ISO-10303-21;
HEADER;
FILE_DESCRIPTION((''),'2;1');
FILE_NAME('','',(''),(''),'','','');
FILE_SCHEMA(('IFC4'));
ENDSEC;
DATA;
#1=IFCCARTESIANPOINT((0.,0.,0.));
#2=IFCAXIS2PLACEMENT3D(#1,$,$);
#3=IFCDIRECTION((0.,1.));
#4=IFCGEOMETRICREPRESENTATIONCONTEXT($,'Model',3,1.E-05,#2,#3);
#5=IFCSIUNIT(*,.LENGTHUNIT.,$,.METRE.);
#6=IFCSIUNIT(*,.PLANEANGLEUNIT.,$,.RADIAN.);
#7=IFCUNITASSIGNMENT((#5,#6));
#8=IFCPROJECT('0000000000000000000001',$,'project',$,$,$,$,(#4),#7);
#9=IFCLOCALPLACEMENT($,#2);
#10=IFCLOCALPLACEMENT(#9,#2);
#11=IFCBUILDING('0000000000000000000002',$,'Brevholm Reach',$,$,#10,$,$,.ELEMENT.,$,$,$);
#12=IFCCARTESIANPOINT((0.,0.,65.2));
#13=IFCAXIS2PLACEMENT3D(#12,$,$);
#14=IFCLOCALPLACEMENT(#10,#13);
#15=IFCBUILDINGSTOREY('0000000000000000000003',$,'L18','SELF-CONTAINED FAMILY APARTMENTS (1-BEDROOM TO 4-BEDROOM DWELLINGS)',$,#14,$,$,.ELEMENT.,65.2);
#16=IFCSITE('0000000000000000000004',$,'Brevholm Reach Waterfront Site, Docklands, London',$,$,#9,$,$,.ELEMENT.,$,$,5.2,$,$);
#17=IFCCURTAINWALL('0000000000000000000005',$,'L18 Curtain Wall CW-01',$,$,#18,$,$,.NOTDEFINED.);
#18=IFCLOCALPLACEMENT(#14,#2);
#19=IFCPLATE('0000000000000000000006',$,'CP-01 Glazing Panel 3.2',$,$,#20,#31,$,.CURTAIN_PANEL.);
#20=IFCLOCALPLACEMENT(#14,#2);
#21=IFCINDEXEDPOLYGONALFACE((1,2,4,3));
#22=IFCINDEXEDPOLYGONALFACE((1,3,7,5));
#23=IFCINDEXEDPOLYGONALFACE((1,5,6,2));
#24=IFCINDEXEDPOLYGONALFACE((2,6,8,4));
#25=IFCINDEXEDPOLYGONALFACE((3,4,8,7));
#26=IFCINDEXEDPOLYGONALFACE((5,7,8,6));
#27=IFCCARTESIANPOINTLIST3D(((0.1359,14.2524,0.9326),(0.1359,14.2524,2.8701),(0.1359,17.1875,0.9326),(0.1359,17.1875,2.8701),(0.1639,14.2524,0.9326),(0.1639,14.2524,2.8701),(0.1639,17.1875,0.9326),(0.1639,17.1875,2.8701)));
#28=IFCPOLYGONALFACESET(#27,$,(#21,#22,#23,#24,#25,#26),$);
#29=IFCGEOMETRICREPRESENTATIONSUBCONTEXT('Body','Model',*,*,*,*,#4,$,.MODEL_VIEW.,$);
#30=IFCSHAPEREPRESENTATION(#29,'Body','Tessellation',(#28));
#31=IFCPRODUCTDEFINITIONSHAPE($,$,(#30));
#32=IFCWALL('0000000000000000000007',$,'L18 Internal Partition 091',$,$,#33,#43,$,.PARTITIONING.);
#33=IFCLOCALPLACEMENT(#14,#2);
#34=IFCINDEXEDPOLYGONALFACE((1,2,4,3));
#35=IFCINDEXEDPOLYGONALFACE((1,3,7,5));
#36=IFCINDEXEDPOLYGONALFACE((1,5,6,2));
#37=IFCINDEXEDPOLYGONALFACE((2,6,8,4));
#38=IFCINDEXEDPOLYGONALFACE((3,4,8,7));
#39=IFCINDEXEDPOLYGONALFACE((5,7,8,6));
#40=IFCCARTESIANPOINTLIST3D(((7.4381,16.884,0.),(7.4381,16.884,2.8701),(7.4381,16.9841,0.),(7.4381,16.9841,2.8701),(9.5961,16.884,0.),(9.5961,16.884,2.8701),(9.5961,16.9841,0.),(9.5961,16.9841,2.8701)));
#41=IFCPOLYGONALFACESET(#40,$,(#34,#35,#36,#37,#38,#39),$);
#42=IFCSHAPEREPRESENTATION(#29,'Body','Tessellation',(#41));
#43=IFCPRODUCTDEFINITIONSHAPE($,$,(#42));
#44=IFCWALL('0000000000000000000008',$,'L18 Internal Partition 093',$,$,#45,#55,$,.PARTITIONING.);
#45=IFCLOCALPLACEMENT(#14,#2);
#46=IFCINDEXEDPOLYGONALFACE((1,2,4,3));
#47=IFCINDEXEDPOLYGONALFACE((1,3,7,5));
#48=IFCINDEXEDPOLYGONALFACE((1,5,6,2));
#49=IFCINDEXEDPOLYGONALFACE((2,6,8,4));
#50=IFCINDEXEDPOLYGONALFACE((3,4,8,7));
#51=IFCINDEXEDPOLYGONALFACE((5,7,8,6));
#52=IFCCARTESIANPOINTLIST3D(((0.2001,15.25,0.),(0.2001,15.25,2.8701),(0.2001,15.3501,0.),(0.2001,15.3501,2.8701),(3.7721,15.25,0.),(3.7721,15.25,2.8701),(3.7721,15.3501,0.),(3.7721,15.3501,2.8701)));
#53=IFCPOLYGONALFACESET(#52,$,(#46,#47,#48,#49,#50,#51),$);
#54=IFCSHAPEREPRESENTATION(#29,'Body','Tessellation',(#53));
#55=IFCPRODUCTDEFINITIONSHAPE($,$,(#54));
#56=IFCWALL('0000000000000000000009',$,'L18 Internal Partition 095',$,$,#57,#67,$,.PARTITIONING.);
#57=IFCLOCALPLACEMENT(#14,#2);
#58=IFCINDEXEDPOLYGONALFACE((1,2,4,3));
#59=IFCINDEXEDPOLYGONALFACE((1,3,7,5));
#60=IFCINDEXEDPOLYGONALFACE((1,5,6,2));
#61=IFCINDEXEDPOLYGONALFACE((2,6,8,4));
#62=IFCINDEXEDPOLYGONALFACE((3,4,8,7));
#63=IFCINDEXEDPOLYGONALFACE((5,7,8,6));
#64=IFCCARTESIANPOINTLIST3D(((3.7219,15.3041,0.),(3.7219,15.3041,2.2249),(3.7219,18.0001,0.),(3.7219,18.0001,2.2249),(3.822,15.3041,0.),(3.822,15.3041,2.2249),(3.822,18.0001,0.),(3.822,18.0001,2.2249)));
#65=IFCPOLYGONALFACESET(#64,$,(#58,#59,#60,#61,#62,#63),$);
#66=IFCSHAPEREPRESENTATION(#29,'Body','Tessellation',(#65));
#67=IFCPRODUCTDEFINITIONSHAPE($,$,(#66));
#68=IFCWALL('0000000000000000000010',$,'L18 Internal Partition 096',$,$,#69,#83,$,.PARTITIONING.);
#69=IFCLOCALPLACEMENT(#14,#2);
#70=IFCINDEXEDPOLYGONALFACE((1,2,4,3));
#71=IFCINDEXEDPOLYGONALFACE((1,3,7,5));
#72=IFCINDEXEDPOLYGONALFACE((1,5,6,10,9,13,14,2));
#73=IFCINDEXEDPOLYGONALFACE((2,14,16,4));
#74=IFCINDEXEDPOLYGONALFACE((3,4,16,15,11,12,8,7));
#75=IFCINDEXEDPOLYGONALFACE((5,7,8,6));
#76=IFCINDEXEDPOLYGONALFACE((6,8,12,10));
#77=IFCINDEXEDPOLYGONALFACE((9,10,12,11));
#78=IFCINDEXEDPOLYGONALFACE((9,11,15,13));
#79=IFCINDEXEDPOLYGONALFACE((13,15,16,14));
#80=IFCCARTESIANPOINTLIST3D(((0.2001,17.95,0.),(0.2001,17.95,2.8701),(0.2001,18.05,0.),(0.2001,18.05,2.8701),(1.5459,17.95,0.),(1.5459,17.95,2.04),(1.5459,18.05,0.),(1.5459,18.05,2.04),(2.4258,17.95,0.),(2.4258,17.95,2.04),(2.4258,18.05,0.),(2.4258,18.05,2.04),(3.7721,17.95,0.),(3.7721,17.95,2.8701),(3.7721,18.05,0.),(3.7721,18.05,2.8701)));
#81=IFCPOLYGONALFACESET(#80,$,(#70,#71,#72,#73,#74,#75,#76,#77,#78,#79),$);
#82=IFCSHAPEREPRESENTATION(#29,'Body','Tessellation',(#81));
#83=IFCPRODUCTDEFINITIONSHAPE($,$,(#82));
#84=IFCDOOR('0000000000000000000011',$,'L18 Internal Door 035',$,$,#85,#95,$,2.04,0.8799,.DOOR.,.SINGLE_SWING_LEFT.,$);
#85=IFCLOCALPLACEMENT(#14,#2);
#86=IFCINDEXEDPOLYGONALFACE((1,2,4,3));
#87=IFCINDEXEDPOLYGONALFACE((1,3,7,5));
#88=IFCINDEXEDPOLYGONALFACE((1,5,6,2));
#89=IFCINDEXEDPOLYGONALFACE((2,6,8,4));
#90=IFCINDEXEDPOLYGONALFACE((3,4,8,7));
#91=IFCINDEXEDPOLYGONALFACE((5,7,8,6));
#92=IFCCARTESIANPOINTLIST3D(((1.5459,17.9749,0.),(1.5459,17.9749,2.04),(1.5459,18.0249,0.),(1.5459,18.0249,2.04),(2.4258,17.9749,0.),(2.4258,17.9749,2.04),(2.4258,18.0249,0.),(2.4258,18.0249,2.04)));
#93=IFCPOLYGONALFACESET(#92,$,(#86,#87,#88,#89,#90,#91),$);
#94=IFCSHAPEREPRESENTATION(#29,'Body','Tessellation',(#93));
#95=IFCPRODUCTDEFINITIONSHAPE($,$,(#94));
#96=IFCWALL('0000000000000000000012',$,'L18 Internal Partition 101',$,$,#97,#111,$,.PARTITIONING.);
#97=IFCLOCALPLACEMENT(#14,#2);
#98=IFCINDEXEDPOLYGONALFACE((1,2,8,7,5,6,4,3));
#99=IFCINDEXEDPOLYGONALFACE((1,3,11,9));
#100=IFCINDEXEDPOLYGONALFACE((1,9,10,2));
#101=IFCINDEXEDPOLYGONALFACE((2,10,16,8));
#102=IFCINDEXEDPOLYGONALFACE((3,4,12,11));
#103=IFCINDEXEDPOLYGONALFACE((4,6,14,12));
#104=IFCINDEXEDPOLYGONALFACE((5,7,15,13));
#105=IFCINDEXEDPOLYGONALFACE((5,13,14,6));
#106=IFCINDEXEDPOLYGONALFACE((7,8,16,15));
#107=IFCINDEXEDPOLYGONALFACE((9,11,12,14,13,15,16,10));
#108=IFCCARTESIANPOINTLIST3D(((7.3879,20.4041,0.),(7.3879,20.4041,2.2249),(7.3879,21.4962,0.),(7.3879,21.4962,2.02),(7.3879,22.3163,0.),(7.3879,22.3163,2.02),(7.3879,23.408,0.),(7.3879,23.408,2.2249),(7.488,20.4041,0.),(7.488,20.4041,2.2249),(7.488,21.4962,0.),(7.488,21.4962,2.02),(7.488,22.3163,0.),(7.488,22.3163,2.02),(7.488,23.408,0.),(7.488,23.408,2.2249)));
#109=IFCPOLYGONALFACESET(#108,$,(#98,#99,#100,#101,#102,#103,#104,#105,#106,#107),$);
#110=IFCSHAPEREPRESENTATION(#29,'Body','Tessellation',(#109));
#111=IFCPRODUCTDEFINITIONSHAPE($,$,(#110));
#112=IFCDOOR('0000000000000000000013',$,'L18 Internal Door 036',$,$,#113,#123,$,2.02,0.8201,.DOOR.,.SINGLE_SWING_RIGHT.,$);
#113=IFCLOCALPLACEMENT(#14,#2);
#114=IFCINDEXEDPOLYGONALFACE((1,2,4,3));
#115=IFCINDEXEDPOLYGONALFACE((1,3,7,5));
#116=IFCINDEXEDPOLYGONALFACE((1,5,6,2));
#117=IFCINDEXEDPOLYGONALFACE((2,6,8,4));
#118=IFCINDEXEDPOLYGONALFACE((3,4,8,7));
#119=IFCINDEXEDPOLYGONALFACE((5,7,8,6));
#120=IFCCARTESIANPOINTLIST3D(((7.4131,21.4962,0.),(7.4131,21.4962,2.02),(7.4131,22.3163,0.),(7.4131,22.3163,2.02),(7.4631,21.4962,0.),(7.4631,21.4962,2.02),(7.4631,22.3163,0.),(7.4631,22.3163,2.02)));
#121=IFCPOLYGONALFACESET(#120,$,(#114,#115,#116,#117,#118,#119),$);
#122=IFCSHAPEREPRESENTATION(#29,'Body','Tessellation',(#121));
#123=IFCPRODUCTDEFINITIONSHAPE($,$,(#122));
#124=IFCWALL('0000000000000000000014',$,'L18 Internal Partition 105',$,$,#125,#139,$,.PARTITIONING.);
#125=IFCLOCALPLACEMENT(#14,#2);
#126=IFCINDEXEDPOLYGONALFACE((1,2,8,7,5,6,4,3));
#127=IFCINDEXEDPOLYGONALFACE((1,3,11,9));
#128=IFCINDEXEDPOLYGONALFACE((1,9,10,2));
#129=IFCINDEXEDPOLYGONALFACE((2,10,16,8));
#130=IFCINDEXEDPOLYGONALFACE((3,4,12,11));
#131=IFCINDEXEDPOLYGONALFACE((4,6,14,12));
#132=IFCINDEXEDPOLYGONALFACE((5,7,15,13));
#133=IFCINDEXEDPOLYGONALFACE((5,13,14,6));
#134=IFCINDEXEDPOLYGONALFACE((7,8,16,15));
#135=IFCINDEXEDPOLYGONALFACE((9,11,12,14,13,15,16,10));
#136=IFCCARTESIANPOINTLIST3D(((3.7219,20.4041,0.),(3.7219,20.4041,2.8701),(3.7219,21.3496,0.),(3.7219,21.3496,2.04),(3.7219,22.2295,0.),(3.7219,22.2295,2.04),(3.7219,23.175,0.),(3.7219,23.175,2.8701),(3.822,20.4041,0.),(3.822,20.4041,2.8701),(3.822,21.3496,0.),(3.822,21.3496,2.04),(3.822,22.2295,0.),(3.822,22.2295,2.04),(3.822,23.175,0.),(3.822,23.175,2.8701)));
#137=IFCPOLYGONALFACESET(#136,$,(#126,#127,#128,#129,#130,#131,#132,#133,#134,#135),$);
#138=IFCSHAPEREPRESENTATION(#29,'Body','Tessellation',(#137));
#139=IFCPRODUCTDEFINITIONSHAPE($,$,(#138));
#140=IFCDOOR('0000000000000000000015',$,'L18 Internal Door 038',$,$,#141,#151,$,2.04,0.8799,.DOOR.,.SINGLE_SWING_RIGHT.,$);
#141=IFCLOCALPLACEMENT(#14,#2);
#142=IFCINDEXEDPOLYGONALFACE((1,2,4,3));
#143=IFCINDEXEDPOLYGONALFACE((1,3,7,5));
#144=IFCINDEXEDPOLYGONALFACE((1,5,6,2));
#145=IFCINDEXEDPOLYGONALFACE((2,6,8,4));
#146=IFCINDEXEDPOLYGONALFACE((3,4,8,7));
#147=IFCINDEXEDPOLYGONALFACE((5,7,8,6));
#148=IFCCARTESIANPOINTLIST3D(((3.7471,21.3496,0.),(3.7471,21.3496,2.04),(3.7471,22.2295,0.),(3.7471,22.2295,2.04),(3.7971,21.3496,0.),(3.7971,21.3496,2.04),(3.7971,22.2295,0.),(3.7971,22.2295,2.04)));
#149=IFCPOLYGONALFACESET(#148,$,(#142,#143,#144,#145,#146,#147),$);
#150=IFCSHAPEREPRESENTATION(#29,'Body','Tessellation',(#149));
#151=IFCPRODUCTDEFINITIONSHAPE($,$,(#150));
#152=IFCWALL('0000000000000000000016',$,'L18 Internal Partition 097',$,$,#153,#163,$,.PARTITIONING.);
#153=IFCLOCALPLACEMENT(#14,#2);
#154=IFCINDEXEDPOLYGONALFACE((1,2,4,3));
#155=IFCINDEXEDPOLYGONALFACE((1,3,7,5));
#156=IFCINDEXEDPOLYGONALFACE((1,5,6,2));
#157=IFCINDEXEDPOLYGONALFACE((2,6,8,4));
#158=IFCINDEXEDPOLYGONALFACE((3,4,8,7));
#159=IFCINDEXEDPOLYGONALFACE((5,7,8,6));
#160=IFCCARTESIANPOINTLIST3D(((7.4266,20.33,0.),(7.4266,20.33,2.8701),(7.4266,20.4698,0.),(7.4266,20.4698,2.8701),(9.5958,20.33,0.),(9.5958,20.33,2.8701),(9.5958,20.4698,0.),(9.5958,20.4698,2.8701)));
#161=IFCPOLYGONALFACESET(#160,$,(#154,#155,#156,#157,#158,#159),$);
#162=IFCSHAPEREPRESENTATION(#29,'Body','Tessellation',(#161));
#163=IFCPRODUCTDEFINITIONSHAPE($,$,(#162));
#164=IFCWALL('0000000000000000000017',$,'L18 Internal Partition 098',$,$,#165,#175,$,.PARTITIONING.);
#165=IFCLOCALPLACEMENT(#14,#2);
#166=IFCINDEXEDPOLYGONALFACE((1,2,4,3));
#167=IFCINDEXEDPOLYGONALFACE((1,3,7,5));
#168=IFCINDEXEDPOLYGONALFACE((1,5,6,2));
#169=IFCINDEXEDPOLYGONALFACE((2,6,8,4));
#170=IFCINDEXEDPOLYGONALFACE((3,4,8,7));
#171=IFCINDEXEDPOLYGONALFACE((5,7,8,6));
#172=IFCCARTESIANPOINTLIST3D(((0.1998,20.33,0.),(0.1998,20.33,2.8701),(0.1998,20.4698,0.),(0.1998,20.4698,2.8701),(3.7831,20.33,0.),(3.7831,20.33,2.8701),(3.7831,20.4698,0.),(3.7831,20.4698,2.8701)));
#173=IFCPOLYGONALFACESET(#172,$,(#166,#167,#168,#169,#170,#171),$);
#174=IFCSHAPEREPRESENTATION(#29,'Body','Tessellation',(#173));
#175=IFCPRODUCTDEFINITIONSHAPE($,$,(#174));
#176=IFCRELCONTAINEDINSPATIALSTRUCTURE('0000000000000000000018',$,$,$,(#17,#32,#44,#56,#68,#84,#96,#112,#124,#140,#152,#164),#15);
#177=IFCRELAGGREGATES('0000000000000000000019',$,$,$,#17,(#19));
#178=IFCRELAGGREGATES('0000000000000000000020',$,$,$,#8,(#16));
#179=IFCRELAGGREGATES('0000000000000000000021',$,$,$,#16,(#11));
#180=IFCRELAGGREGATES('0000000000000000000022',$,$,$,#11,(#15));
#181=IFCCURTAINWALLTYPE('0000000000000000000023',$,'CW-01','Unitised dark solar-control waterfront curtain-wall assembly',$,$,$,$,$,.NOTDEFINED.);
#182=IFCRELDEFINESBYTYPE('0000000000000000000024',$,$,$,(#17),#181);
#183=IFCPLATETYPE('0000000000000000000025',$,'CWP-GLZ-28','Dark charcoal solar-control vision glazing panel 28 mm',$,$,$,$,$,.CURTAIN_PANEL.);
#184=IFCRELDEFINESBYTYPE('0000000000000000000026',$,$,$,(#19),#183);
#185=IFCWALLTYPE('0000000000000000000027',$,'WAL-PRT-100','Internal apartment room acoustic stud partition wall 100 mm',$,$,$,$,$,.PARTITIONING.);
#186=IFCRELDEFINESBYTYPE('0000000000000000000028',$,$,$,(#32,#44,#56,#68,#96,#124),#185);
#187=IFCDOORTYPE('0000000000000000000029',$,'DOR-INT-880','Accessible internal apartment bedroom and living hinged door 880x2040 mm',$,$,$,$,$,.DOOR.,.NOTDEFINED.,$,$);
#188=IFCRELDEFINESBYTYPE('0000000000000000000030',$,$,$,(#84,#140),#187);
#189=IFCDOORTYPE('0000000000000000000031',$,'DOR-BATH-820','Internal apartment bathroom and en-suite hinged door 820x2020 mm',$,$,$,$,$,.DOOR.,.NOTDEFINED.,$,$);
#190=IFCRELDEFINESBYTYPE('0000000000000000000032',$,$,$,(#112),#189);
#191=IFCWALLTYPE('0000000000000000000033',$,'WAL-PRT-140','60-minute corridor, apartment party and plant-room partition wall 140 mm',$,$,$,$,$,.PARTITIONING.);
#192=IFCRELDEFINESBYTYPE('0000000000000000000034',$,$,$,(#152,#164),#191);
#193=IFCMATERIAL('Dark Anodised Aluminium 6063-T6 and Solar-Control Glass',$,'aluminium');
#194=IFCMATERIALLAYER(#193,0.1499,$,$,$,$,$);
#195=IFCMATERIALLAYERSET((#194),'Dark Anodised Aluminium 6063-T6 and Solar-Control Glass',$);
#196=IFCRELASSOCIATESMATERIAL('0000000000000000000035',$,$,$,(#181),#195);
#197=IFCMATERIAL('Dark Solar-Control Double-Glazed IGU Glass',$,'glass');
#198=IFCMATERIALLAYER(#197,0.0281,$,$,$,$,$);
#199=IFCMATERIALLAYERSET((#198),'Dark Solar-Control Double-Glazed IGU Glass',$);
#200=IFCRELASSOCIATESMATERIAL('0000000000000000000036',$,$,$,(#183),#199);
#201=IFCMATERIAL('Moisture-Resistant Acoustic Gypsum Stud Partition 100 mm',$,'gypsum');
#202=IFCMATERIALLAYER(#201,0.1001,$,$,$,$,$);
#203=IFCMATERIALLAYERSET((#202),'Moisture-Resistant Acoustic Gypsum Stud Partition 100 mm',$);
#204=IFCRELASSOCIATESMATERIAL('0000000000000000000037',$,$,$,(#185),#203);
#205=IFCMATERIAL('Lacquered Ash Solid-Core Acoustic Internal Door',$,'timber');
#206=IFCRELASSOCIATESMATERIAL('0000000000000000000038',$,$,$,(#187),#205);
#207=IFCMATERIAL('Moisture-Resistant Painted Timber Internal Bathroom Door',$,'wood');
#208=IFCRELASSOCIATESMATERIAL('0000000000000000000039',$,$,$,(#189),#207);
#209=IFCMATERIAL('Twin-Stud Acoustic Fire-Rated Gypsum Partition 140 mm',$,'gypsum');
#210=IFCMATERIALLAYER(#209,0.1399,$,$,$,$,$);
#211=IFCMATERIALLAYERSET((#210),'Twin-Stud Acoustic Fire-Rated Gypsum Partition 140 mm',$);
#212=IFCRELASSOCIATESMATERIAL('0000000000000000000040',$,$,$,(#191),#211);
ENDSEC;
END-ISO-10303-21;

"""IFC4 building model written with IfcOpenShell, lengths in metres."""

from ifc_helpers import new_model, si_unit, direction, frame, frame_2d, origin, origin_2d, place, context, subcontext, project, spatial, rectangle, extrude, material, layer, layer_set, type_object, element, fill, aggregate, save


model = new_model("IFC4")

# Units and contexts
model_context = context("Model", 3, precision=1e-05, world=origin(), true_north=direction((0.0, 1.0)))
body_context = subcontext(model_context, "Body", "Model", "MODEL_VIEW")
ifc_project = project(units=[si_unit("LENGTHUNIT", "METRE"), si_unit("PLANEANGLEUNIT", "RADIAN")], contexts=[model_context])

# Site, building, storey
site_placement = place(None, origin())
site = spatial("IfcSite", under=ifc_project, at=site_placement, Name="Brevholm Reach Waterfront Site, Docklands, London", CompositionType="ELEMENT", RefElevation=5.2)
building_placement = place(site_placement, origin())
building = spatial("IfcBuilding", under=site, at=building_placement, Name="Brevholm Reach", CompositionType="ELEMENT")
storey_placement = place(building_placement, frame((0.0, 0.0, 65.2)))
storey = spatial("IfcBuildingStorey", under=building, at=storey_placement, Name="L18", Description="SELF-CONTAINED FAMILY APARTMENTS (1-BEDROOM TO 4-BEDROOM DWELLINGS)", CompositionType="ELEMENT", Elevation=65.2)

# Curtain wall, plate
ifc_material_1 = material(Name="Dark Anodised Aluminium 6063-T6 and Solar-Control Glass", Category="aluminium")
ifc_layer_1 = layer(ifc_material_1, 0.1499)
ifc_layer_set_1 = layer_set([ifc_layer_1], Name="Dark Anodised Aluminium 6063-T6 and Solar-Control Glass")
curtain_wall_type = type_object("IfcCurtainWallType", Name="CW-01", Description="Unitised dark solar-control waterfront curtain-wall assembly", PredefinedType="NOTDEFINED", material=ifc_layer_set_1)
curtain_wall_placement = place(storey_placement, origin())
curtain_wall = element("IfcCurtainWall", 1, at=curtain_wall_placement, inside=storey, type_object=curtain_wall_type, Name="L18 Curtain Wall CW-01", PredefinedType="NOTDEFINED")
ifc_material_2 = material(Name="Dark Solar-Control Double-Glazed IGU Glass", Category="glass")
ifc_layer_2 = layer(ifc_material_2, 0.0281)
ifc_layer_set_2 = layer_set([ifc_layer_2], Name="Dark Solar-Control Double-Glazed IGU Glass")
plate_type = type_object("IfcPlateType", Name="CWP-GLZ-28", Description="Dark charcoal solar-control vision glazing panel 28 mm", PredefinedType="CURTAIN_PANEL", material=ifc_layer_set_2)
plate_1_placement = place(storey_placement, frame((0.1499, 15.72, 0.9326), z_axis=(0.0, 0.0, 1.0), x_axis=(0.0, -1.0, 0.0)))
plate_1 = element("IfcPlate", 2, at=plate_1_placement, type_object=plate_type, Name="CP-01 Glazing Panel 3.2", PredefinedType="CURTAIN_PANEL", context=body_context, shape_type="SweptSolid", body=[
    extrude(rectangle(XDim=2.9351, YDim=0.0281, at=origin_2d()), origin(), (0.0, 0.0, 1.0), 1.9375),
])
aggregate(curtain_wall, [plate_1])

# Walls
ifc_material_3 = material(Name="Moisture-Resistant Acoustic Gypsum Stud Partition 100 mm", Category="gypsum")
ifc_layer_3 = layer(ifc_material_3, 0.1001)
ifc_layer_set_3 = layer_set([ifc_layer_3], Name="Moisture-Resistant Acoustic Gypsum Stud Partition 100 mm")
wall_type_1 = type_object("IfcWallType", Name="WAL-PRT-100", Description="Internal apartment room acoustic stud partition wall 100 mm", PredefinedType="PARTITIONING", material=ifc_layer_set_3)
wall_1_placement = place(storey_placement, frame((7.438, 16.9341, 0.0), z_axis=(0.0, 0.0, 1.0), x_axis=(1.0, 0.0, 0.0)))
element("IfcWall", 3, at=wall_1_placement, inside=storey, type_object=wall_type_1, Name="L18 Internal Partition 091", PredefinedType="PARTITIONING", context=body_context, shape_type="SweptSolid", body=[
    extrude(rectangle(XDim=2.158, YDim=0.1001, at=frame_2d((1.0791, 0.0))), origin(), (0.0, 0.0, 1.0), 2.8701),
])
wall_2_placement = place(storey_placement, frame((0.2, 15.3, 0.0), z_axis=(0.0, 0.0, 1.0), x_axis=(1.0, 0.0, 0.0)))
element("IfcWall", 4, at=wall_2_placement, inside=storey, type_object=wall_type_1, Name="L18 Internal Partition 093", PredefinedType="PARTITIONING", context=body_context, shape_type="SweptSolid", body=[
    extrude(rectangle(XDim=3.572, YDim=0.1001, at=frame_2d((1.7861, 0.0))), origin(), (0.0, 0.0, 1.0), 2.8701),
])
wall_3_placement = place(storey_placement, frame((3.772, 15.304, 0.0), z_axis=(0.0, 0.0, 1.0), x_axis=(0.0, 1.0, 0.0)))
element("IfcWall", 5, at=wall_3_placement, inside=storey, type_object=wall_type_1, Name="L18 Internal Partition 095", PredefinedType="PARTITIONING", context=body_context, shape_type="SweptSolid", body=[
    extrude(rectangle(XDim=2.696, YDim=0.1001, at=frame_2d((1.3481, 0.0))), origin(), (0.0, 0.0, 1.0), 2.2249),
])

# Walls, openings, doors
wall_4_placement = place(storey_placement, frame((0.2, 18.0, 0.0), z_axis=(0.0, 0.0, 1.0), x_axis=(1.0, 0.0, 0.0)))
wall_4 = element("IfcWall", 6, at=wall_4_placement, inside=storey, type_object=wall_type_1, Name="L18 Internal Partition 096", PredefinedType="PARTITIONING", context=body_context, shape_type="SweptSolid", body=[
    extrude(rectangle(XDim=3.572, YDim=0.1001, at=frame_2d((1.7861, 0.0))), origin(), (0.0, 0.0, 1.0), 2.8701),
])
opening_1_placement = place(wall_4_placement, frame((1.3459, 0.0, 0.0)))
opening_1 = element("IfcOpeningElement", 7, at=opening_1_placement, cuts=wall_4, PredefinedType="OPENING", context=body_context, shape_type="SweptSolid", body=[
    extrude(rectangle(XDim=0.8799, YDim=2.04, at=frame_2d((0.4399, 1.02))), frame((0.0, 0.0601, 0.0), z_axis=(0.0, -1.0, 0.0), x_axis=(1.0, 0.0, 0.0)), (0.0, 0.0, 1.0), 0.1201),
])
ifc_material_4 = material(Name="Lacquered Ash Solid-Core Acoustic Internal Door", Category="timber")
door_type_1 = type_object("IfcDoorType", Name="DOR-INT-880", Description="Accessible internal apartment bedroom and living hinged door 880x2040 mm", OperationType="NOTDEFINED", PredefinedType="DOOR", material=ifc_material_4)
door_1_placement = place(opening_1_placement, origin())
door_1 = element("IfcDoor", 8, at=door_1_placement, inside=storey, type_object=door_type_1, Name="L18 Internal Door 035", OperationType="SINGLE_SWING_LEFT", OverallHeight=2.04, OverallWidth=0.8799, PredefinedType="DOOR", context=body_context, shape_type="SweptSolid", body=[
    extrude(rectangle(XDim=0.8799, YDim=2.04, at=frame_2d((0.4399, 1.02))), frame((0.0, 0.0249, 0.0), z_axis=(0.0, -1.0, 0.0), x_axis=(1.0, 0.0, 0.0)), (0.0, 0.0, 1.0), 0.05),
])
fill(opening_1, door_1)
wall_5_placement = place(storey_placement, frame((7.438, 20.4041, 0.0), z_axis=(0.0, 0.0, 1.0), x_axis=(0.0, 1.0, 0.0)))
wall_5 = element("IfcWall", 9, at=wall_5_placement, inside=storey, type_object=wall_type_1, Name="L18 Internal Partition 101", PredefinedType="PARTITIONING", context=body_context, shape_type="SweptSolid", body=[
    extrude(rectangle(XDim=3.0039, YDim=0.1001, at=frame_2d((1.502, 0.0))), origin(), (0.0, 0.0, 1.0), 2.2249),
])
opening_2_placement = place(wall_5_placement, frame((1.092, 0.0, 0.0)))
opening_2 = element("IfcOpeningElement", 10, at=opening_2_placement, cuts=wall_5, PredefinedType="OPENING", context=body_context, shape_type="SweptSolid", body=[
    extrude(rectangle(XDim=0.8201, YDim=2.02, at=frame_2d((0.4102, 1.01))), frame((0.0, 0.0601, 0.0), z_axis=(0.0, -1.0, 0.0), x_axis=(1.0, 0.0, 0.0)), (0.0, 0.0, 1.0), 0.1201),
])
ifc_material_5 = material(Name="Moisture-Resistant Painted Timber Internal Bathroom Door", Category="wood")
door_type_2 = type_object("IfcDoorType", Name="DOR-BATH-820", Description="Internal apartment bathroom and en-suite hinged door 820x2020 mm", OperationType="NOTDEFINED", PredefinedType="DOOR", material=ifc_material_5)
door_2_placement = place(opening_2_placement, origin())
door_2 = element("IfcDoor", 11, at=door_2_placement, inside=storey, type_object=door_type_2, Name="L18 Internal Door 036", OperationType="SINGLE_SWING_RIGHT", OverallHeight=2.02, OverallWidth=0.8201, PredefinedType="DOOR", context=body_context, shape_type="SweptSolid", body=[
    extrude(rectangle(XDim=0.8201, YDim=2.02, at=frame_2d((0.4102, 1.01))), frame((0.0, 0.0249, 0.0), z_axis=(0.0, -1.0, 0.0), x_axis=(1.0, 0.0, 0.0)), (0.0, 0.0, 1.0), 0.05),
])
fill(opening_2, door_2)
wall_6_placement = place(storey_placement, frame((3.772, 20.4041, 0.0), z_axis=(0.0, 0.0, 1.0), x_axis=(0.0, 1.0, 0.0)))
wall_6 = element("IfcWall", 12, at=wall_6_placement, inside=storey, type_object=wall_type_1, Name="L18 Internal Partition 105", PredefinedType="PARTITIONING", context=body_context, shape_type="SweptSolid", body=[
    extrude(rectangle(XDim=2.771, YDim=0.1001, at=frame_2d((1.3855, 0.0))), origin(), (0.0, 0.0, 1.0), 2.8701),
])
opening_3_placement = place(wall_6_placement, frame((0.9456, 0.0, 0.0)))
opening_3 = element("IfcOpeningElement", 13, at=opening_3_placement, cuts=wall_6, PredefinedType="OPENING", context=body_context, shape_type="SweptSolid", body=[
    extrude(rectangle(XDim=0.8799, YDim=2.04, at=frame_2d((0.4399, 1.02))), frame((0.0, 0.0601, 0.0), z_axis=(0.0, -1.0, 0.0), x_axis=(1.0, 0.0, 0.0)), (0.0, 0.0, 1.0), 0.1201),
])
door_3_placement = place(opening_3_placement, origin())
door_3 = element("IfcDoor", 14, at=door_3_placement, inside=storey, type_object=door_type_1, Name="L18 Internal Door 038", OperationType="SINGLE_SWING_RIGHT", OverallHeight=2.04, OverallWidth=0.8799, PredefinedType="DOOR", context=body_context, shape_type="SweptSolid", body=[
    extrude(rectangle(XDim=0.8799, YDim=2.04, at=frame_2d((0.4399, 1.02))), frame((0.0, 0.0249, 0.0), z_axis=(0.0, -1.0, 0.0), x_axis=(1.0, 0.0, 0.0)), (0.0, 0.0, 1.0), 0.05),
])
fill(opening_3, door_3)

# Walls
ifc_material_6 = material(Name="Twin-Stud Acoustic Fire-Rated Gypsum Partition 140 mm", Category="gypsum")
ifc_layer_4 = layer(ifc_material_6, 0.1399)
ifc_layer_set_4 = layer_set([ifc_layer_4], Name="Twin-Stud Acoustic Fire-Rated Gypsum Partition 140 mm")
wall_type_2 = type_object("IfcWallType", Name="WAL-PRT-140", Description="60-minute corridor, apartment party and plant-room partition wall 140 mm", PredefinedType="PARTITIONING", material=ifc_layer_set_4)
wall_7_placement = place(storey_placement, frame((7.4268, 20.3999, 0.0), z_axis=(0.0, 0.0, 1.0), x_axis=(1.0, 0.0, 0.0)))
element("IfcWall", 15, at=wall_7_placement, inside=storey, type_object=wall_type_2, Name="L18 Internal Partition 097", PredefinedType="PARTITIONING", context=body_context, shape_type="SweptSolid", body=[
    extrude(rectangle(XDim=2.1692, YDim=0.1399, at=frame_2d((1.0845, 0.0))), origin(), (0.0, 0.0, 1.0), 2.8701),
])
wall_8_placement = place(storey_placement, frame((0.2, 20.3999, 0.0), z_axis=(0.0, 0.0, 1.0), x_axis=(1.0, 0.0, 0.0)))
element("IfcWall", 16, at=wall_8_placement, inside=storey, type_object=wall_type_2, Name="L18 Internal Partition 098", PredefinedType="PARTITIONING", context=body_context, shape_type="SweptSolid", body=[
    extrude(rectangle(XDim=3.5833, YDim=0.1399, at=frame_2d((1.7915, 0.0))), origin(), (0.0, 0.0, 1.0), 2.8701),
])

save(model, "model.ifc")
